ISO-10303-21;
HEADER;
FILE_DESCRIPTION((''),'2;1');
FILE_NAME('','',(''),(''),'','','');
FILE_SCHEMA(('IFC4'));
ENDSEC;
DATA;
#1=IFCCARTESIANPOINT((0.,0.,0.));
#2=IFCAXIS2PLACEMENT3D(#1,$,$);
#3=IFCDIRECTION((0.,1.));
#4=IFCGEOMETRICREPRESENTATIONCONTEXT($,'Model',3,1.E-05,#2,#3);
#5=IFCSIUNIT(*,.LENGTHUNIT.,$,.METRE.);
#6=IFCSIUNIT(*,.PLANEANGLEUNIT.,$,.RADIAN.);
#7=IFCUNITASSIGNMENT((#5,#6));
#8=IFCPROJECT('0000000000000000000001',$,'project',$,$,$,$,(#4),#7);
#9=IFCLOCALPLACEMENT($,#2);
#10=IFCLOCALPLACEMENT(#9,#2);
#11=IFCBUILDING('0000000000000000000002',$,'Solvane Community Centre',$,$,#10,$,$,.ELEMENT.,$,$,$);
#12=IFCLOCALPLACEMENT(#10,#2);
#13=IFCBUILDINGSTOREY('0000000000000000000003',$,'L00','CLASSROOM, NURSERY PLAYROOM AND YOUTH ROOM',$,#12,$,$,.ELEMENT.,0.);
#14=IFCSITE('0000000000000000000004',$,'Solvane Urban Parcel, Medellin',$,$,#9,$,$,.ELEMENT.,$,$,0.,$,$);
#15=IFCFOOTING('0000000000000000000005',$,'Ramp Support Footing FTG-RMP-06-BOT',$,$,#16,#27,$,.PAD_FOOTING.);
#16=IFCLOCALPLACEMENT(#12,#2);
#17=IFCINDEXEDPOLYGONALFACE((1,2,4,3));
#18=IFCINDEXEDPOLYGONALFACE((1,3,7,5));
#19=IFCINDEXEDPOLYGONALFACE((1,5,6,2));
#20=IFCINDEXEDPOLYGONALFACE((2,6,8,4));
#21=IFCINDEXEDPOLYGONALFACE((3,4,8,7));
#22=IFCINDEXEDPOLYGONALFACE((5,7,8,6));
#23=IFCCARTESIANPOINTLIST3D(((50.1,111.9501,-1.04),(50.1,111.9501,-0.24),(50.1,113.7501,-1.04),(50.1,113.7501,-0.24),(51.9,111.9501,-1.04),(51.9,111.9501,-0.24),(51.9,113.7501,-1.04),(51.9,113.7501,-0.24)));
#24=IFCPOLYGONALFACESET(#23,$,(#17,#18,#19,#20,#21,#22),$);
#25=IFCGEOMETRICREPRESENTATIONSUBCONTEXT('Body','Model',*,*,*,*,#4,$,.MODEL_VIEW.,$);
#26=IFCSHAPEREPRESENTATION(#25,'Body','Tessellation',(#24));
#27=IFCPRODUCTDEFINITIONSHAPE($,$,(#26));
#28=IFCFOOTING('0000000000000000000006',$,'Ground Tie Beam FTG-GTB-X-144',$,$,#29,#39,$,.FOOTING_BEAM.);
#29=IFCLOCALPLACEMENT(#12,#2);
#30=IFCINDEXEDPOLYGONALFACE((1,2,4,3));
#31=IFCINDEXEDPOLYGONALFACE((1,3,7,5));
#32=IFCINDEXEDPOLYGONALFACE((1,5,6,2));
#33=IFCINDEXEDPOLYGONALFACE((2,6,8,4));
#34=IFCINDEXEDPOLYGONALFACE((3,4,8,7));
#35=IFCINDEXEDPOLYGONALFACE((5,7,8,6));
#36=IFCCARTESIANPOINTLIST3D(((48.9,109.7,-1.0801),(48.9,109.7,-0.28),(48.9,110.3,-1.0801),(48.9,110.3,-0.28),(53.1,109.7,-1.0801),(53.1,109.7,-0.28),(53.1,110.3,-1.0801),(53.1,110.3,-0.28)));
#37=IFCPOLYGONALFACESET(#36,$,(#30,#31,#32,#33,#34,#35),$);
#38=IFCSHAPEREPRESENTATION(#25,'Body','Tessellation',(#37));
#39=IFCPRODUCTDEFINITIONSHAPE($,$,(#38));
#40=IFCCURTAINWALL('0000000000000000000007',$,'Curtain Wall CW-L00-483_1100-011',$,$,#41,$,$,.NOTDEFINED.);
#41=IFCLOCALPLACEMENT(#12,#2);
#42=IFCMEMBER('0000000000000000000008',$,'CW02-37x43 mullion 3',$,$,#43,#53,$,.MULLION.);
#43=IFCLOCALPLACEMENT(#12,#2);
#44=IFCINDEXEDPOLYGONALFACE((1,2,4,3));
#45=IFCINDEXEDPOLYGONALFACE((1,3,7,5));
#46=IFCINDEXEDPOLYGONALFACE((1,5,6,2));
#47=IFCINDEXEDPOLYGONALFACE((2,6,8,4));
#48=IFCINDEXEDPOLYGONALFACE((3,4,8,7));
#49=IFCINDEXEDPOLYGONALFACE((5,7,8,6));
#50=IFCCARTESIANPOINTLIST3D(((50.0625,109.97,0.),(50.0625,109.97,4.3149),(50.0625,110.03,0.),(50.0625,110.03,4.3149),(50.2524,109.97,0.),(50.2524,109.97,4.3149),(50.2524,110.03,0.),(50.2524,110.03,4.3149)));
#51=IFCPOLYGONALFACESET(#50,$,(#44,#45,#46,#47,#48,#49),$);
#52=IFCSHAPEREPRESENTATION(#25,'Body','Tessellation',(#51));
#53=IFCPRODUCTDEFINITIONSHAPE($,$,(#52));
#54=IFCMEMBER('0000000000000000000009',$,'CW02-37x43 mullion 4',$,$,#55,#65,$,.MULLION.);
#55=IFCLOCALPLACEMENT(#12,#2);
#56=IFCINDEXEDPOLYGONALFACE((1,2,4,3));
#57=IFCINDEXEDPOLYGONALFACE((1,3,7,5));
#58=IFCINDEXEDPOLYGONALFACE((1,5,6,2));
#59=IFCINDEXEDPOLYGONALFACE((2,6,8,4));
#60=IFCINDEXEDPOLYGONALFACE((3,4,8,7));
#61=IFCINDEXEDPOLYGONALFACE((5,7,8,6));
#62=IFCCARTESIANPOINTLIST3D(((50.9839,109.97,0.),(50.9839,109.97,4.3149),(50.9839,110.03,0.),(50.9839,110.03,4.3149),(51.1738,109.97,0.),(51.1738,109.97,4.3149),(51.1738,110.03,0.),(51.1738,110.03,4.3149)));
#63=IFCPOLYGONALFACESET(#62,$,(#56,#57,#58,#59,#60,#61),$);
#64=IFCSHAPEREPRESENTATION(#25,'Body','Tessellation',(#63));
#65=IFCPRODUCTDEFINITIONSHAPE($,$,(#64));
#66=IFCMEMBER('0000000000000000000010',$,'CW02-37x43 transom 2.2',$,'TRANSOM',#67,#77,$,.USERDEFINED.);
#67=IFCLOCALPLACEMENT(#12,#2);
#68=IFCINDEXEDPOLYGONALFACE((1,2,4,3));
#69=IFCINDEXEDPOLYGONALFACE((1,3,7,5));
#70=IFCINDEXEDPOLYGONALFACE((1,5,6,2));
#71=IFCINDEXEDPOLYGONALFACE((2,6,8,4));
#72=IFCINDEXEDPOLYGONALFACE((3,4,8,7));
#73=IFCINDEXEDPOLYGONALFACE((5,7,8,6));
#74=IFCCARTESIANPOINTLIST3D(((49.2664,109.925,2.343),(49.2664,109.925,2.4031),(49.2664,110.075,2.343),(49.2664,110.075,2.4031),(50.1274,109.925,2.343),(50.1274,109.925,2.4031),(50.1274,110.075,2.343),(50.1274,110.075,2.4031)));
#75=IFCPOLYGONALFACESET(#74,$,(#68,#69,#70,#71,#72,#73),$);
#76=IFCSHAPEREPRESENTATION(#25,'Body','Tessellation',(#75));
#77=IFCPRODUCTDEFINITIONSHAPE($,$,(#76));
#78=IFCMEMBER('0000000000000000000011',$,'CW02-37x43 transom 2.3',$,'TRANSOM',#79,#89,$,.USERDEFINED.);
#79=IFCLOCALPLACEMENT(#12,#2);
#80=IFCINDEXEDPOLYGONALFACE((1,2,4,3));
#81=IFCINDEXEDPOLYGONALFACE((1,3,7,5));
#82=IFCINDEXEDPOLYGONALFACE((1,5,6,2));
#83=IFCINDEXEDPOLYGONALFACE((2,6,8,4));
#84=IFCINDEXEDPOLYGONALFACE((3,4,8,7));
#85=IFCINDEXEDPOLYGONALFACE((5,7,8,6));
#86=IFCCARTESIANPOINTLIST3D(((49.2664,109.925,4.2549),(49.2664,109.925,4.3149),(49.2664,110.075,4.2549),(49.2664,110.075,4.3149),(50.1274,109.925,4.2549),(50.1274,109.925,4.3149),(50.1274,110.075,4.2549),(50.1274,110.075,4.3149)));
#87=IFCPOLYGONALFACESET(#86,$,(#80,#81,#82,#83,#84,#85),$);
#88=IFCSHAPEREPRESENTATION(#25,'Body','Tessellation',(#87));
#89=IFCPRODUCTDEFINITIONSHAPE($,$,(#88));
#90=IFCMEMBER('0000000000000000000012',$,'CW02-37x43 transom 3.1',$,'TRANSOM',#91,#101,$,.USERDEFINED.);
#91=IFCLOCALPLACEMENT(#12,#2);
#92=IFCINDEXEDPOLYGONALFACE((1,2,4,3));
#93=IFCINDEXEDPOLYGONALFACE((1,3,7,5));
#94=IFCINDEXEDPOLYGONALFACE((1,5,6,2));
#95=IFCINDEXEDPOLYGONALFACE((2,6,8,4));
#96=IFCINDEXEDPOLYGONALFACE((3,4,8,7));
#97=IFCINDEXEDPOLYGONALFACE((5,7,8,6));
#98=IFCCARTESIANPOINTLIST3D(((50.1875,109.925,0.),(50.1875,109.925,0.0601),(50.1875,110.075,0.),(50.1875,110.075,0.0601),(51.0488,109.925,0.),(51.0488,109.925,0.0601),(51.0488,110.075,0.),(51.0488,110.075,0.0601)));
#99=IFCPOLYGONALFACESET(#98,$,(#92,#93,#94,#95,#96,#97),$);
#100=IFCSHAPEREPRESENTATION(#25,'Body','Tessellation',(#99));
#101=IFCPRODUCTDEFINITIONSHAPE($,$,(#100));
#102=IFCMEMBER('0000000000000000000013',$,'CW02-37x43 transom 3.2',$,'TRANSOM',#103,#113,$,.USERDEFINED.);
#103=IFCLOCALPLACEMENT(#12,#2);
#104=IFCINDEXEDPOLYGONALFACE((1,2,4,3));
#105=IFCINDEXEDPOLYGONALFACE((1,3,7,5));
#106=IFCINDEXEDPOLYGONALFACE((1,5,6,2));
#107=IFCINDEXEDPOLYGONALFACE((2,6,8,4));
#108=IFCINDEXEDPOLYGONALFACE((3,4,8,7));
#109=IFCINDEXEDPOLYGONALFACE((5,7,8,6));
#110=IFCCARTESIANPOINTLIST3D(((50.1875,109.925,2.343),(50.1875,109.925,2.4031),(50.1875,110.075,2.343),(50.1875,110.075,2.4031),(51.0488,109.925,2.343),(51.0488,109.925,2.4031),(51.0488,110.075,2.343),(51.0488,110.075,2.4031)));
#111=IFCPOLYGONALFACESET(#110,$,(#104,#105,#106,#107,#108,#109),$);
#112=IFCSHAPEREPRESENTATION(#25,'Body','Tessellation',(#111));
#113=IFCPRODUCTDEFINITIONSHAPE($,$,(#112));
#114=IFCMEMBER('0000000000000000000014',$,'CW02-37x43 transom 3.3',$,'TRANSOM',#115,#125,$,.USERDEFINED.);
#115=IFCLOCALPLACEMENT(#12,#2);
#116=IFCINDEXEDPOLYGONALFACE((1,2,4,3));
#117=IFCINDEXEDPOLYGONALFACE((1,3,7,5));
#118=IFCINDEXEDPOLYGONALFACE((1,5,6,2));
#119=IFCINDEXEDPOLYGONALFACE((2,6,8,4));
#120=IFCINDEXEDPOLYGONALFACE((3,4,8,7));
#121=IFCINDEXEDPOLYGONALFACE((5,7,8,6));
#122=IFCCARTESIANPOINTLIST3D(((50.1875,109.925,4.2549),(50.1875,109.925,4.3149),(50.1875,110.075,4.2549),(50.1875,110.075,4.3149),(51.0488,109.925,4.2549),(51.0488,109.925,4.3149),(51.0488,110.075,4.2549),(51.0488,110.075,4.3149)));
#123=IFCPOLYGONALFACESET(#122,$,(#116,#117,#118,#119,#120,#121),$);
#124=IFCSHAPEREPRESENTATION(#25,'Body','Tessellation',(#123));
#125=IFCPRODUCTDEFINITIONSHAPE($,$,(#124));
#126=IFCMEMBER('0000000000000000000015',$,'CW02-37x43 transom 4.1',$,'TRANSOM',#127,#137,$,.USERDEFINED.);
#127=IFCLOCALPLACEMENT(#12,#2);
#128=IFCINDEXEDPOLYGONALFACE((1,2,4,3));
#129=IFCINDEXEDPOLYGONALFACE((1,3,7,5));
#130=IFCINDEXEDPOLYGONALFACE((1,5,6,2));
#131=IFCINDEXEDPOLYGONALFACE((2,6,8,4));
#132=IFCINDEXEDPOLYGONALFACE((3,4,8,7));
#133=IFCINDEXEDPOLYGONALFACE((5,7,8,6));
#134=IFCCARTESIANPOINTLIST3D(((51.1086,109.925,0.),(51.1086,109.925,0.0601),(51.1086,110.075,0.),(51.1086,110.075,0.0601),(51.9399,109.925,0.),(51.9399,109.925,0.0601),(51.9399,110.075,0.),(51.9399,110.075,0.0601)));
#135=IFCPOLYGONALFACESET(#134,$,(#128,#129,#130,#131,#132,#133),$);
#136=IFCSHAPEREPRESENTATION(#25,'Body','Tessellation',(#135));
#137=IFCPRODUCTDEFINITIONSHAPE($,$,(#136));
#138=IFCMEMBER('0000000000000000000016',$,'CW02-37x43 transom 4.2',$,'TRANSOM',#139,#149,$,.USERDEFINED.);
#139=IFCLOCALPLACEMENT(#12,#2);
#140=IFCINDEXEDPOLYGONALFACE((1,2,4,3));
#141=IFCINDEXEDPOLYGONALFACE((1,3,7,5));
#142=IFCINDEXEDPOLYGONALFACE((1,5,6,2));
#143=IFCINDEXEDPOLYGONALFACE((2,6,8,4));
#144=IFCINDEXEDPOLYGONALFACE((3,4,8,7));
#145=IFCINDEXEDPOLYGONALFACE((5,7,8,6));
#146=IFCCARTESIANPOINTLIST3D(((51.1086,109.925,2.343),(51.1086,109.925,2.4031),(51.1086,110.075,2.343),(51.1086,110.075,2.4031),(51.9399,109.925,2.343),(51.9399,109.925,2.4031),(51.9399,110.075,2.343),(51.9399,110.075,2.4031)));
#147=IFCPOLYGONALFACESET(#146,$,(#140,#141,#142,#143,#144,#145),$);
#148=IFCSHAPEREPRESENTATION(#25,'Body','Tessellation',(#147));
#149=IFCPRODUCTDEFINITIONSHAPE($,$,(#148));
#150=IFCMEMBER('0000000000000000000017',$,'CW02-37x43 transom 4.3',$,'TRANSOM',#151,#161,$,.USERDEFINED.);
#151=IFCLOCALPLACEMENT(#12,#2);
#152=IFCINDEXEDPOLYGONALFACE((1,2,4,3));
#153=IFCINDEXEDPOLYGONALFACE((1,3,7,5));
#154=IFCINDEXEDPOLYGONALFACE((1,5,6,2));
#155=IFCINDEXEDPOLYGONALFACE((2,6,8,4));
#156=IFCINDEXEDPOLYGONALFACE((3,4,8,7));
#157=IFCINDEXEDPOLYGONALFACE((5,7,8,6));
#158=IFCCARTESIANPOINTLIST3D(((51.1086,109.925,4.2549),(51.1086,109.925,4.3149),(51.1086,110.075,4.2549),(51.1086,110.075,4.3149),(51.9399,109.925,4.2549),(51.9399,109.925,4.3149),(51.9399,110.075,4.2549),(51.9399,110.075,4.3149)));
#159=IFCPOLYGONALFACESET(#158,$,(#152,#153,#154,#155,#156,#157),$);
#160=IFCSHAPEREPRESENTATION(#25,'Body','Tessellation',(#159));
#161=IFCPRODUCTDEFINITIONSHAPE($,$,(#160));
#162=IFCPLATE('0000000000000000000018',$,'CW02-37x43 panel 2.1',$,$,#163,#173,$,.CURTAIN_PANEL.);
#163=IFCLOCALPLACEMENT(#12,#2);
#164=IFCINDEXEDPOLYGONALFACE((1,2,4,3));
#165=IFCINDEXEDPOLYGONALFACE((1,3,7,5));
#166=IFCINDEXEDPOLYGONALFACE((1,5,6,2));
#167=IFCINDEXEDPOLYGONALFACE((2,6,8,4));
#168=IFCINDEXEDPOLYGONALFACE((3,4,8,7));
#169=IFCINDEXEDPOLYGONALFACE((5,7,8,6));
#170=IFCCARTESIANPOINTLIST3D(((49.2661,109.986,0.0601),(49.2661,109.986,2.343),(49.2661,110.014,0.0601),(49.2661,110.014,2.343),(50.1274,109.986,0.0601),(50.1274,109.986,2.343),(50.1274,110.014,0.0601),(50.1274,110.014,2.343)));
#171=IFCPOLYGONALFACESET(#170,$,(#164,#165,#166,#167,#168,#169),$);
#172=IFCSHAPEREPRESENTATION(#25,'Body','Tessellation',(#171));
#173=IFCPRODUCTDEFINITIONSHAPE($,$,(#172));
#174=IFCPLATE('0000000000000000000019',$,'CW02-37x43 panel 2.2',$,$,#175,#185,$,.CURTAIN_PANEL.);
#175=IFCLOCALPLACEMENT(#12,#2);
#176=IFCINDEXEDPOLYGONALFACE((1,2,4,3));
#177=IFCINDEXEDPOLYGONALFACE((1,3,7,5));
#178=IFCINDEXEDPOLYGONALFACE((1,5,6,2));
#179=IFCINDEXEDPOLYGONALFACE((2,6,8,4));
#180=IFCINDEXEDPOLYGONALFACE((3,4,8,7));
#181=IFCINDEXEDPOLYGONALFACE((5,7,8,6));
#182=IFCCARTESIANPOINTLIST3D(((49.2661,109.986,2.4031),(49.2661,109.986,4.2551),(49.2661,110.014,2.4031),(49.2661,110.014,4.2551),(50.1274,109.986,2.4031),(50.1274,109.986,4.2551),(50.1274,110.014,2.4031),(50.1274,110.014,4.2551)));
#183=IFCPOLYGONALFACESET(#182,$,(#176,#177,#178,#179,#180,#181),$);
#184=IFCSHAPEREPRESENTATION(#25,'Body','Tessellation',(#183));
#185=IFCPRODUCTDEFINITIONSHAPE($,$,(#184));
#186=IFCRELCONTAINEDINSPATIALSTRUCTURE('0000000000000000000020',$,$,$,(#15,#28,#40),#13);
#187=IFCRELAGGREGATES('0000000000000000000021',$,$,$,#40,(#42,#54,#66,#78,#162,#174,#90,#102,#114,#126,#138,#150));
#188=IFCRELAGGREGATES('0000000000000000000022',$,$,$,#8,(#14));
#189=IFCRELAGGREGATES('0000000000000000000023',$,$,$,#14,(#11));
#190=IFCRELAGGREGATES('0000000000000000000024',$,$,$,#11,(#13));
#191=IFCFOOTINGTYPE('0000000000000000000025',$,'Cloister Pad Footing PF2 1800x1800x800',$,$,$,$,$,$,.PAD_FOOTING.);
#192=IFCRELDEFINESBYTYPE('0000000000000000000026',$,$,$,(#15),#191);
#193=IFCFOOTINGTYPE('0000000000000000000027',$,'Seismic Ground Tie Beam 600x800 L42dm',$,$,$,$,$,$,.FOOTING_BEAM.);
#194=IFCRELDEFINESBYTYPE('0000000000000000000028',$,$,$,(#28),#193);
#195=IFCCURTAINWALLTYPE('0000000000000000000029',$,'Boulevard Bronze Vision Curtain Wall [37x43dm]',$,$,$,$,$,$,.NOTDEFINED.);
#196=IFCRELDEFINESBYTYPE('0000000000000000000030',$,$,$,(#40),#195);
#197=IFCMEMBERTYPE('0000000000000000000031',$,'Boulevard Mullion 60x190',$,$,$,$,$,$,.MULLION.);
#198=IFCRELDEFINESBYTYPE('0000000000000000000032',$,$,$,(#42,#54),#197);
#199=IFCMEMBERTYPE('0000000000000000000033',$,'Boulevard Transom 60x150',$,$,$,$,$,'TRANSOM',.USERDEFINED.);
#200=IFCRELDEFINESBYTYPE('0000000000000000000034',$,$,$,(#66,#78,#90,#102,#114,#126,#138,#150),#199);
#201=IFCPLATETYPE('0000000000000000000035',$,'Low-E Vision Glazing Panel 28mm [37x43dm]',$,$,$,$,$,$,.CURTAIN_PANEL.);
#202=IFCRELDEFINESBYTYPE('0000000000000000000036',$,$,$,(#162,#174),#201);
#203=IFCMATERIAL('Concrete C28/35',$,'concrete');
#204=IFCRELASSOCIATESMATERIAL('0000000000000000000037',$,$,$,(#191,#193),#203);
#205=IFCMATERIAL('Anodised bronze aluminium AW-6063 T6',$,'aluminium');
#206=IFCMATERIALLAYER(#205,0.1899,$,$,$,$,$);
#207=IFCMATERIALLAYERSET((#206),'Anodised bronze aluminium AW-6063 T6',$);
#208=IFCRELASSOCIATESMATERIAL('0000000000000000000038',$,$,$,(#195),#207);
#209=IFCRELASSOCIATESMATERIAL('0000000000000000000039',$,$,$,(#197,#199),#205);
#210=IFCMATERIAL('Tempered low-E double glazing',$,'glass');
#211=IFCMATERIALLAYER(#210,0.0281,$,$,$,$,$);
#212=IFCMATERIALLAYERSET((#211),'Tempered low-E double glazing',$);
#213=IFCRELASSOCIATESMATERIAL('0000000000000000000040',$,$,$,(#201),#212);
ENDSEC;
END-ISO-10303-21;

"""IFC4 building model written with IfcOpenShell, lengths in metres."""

from ifc_helpers import new_model, si_unit, direction, frame, origin, origin_2d, place, context, subcontext, project, spatial, rectangle, extrude, material, layer, layer_set, material_profile, profile_set, type_object, element, aggregate, save


model = new_model("IFC4")

# Units and contexts
model_context = context("Model", 3, precision=1e-05, world=origin(), true_north=direction((0.0, 1.0)))
body_context = subcontext(model_context, "Body", "Model", "MODEL_VIEW")
ifc_project = project(units=[si_unit("LENGTHUNIT", "METRE"), si_unit("PLANEANGLEUNIT", "RADIAN")], contexts=[model_context])

# Site, building, storey
site_placement = place(None, origin())
site = spatial("IfcSite", under=ifc_project, at=site_placement, Name="Solvane Urban Parcel, Medellin", CompositionType="ELEMENT", RefElevation=0.0)
building_placement = place(site_placement, origin())
building = spatial("IfcBuilding", under=site, at=building_placement, Name="Solvane Community Centre", CompositionType="ELEMENT")
storey_placement = place(building_placement, origin())
storey = spatial("IfcBuildingStorey", under=building, at=storey_placement, Name="L00", Description="CLASSROOM, NURSERY PLAYROOM AND YOUTH ROOM", CompositionType="ELEMENT", Elevation=0.0)

# Footings
ifc_material_1 = material(Name="Concrete C28/35", Category="concrete")
footing_type_1 = type_object("IfcFootingType", Name="Cloister Pad Footing PF2 1800x1800x800", PredefinedType="PAD_FOOTING", material=ifc_material_1)
footing_1_placement = place(storey_placement, frame((51.0, 112.8501, -1.04), z_axis=(0.0, 0.0, 1.0), x_axis=(1.0, 0.0, 0.0)))
element("IfcFooting", 1, at=footing_1_placement, inside=storey, type_object=footing_type_1, Name="Ramp Support Footing FTG-RMP-06-BOT", PredefinedType="PAD_FOOTING", context=body_context, shape_type="SweptSolid", body=[
    extrude(rectangle(XDim=1.8, YDim=1.8, at=origin_2d()), origin(), (0.0, 0.0, 1.0), 0.8),
])
footing_type_2 = type_object("IfcFootingType", Name="Seismic Ground Tie Beam 600x800 L42dm", PredefinedType="FOOTING_BEAM", material=ifc_material_1)
footing_2_placement = place(storey_placement, frame((51.0, 110.0, -1.0801), z_axis=(0.0, 0.0, 1.0), x_axis=(1.0, 0.0, 0.0)))
element("IfcFooting", 2, at=footing_2_placement, inside=storey, type_object=footing_type_2, Name="Ground Tie Beam FTG-GTB-X-144", PredefinedType="FOOTING_BEAM", context=body_context, shape_type="SweptSolid", body=[
    extrude(rectangle(XDim=4.2, YDim=0.6001, at=origin_2d()), origin(), (0.0, 0.0, 1.0), 0.8),
])

# Curtain wall, members, plates
ifc_material_2 = material(Name="Anodised bronze aluminium AW-6063 T6", Category="aluminium")
ifc_layer_1 = layer(ifc_material_2, 0.1899)
ifc_layer_set_1 = layer_set([ifc_layer_1], Name="Anodised bronze aluminium AW-6063 T6")
curtain_wall_type = type_object("IfcCurtainWallType", Name="Boulevard Bronze Vision Curtain Wall [37x43dm]", PredefinedType="NOTDEFINED", material=ifc_layer_set_1)
curtain_wall_placement = place(storey_placement, origin())
curtain_wall = element("IfcCurtainWall", 3, at=curtain_wall_placement, inside=storey, type_object=curtain_wall_type, Name="Curtain Wall CW-L00-483_1100-011", PredefinedType="NOTDEFINED")
ifc_material_profile_1 = material_profile(ifc_material_2, rectangle(XDim=0.0601, YDim=0.1899, at=origin_2d()), Name="CW-M 60x190")
ifc_profile_set_1 = profile_set([ifc_material_profile_1], Name="Anodised bronze aluminium AW-6063 T6")
member_type_1 = type_object("IfcMemberType", Name="Boulevard Mullion 60x190", PredefinedType="MULLION", material=ifc_profile_set_1)
member_1_placement = place(storey_placement, frame((50.1575, 110.0, 0.0), z_axis=(0.0, 0.0, 1.0), x_axis=(0.0, 1.0, 0.0)))
member_1 = element("IfcMember", 4, at=member_1_placement, type_object=member_type_1, Name="CW02-37x43 mullion 3", PredefinedType="MULLION", context=body_context, shape_type="SweptSolid", body=[
    extrude(rectangle(XDim=0.0601, YDim=0.1899, at=origin_2d()), origin(), (0.0, 0.0, 1.0), 4.3149),
])
member_2_placement = place(storey_placement, frame((51.0789, 110.0, 0.0), z_axis=(0.0, 0.0, 1.0), x_axis=(0.0, 1.0, 0.0)))
member_2 = element("IfcMember", 5, at=member_2_placement, type_object=member_type_1, Name="CW02-37x43 mullion 4", PredefinedType="MULLION", context=body_context, shape_type="SweptSolid", body=[
    extrude(rectangle(XDim=0.0601, YDim=0.1899, at=origin_2d()), origin(), (0.0, 0.0, 1.0), 4.3149),
])
ifc_material_profile_2 = material_profile(ifc_material_2, rectangle(XDim=0.1499, YDim=0.0601, at=origin_2d()), Name="CW-T 60x150")
ifc_profile_set_2 = profile_set([ifc_material_profile_2], Name="Anodised bronze aluminium AW-6063 T6")
member_type_2 = type_object("IfcMemberType", Name="Boulevard Transom 60x150", ElementType="TRANSOM", PredefinedType="USERDEFINED", material=ifc_profile_set_2)
member_3_placement = place(storey_placement, frame((49.2664, 110.0, 2.373), z_axis=(1.0, 0.0, 0.0), x_axis=(0.0, 1.0, 0.0)))
member_3 = element("IfcMember", 6, at=member_3_placement, type_object=member_type_2, Name="CW02-37x43 transom 2.2", ObjectType="TRANSOM", PredefinedType="USERDEFINED", context=body_context, shape_type="SweptSolid", body=[
    extrude(rectangle(XDim=0.1499, YDim=0.0601, at=origin_2d()), origin(), (0.0, 0.0, 1.0), 0.8611),
])
member_4_placement = place(storey_placement, frame((49.2664, 110.0, 4.2849), z_axis=(1.0, 0.0, 0.0), x_axis=(0.0, 1.0, 0.0)))
member_4 = element("IfcMember", 7, at=member_4_placement, type_object=member_type_2, Name="CW02-37x43 transom 2.3", ObjectType="TRANSOM", PredefinedType="USERDEFINED", context=body_context, shape_type="SweptSolid", body=[
    extrude(rectangle(XDim=0.1499, YDim=0.0601, at=origin_2d()), origin(), (0.0, 0.0, 1.0), 0.8611),
])
member_5_placement = place(storey_placement, frame((50.1875, 110.0, 0.03), z_axis=(1.0, 0.0, 0.0), x_axis=(0.0, 1.0, 0.0)))
member_5 = element("IfcMember", 8, at=member_5_placement, type_object=member_type_2, Name="CW02-37x43 transom 3.1", ObjectType="TRANSOM", PredefinedType="USERDEFINED", context=body_context, shape_type="SweptSolid", body=[
    extrude(rectangle(XDim=0.1499, YDim=0.0601, at=origin_2d()), origin(), (0.0, 0.0, 1.0), 0.8613),
])
member_6_placement = place(storey_placement, frame((50.1875, 110.0, 2.373), z_axis=(1.0, 0.0, 0.0), x_axis=(0.0, 1.0, 0.0)))
member_6 = element("IfcMember", 9, at=member_6_placement, type_object=member_type_2, Name="CW02-37x43 transom 3.2", ObjectType="TRANSOM", PredefinedType="USERDEFINED", context=body_context, shape_type="SweptSolid", body=[
    extrude(rectangle(XDim=0.1499, YDim=0.0601, at=origin_2d()), origin(), (0.0, 0.0, 1.0), 0.8613),
])
member_7_placement = place(storey_placement, frame((50.1875, 110.0, 4.2849), z_axis=(1.0, 0.0, 0.0), x_axis=(0.0, 1.0, 0.0)))
member_7 = element("IfcMember", 10, at=member_7_placement, type_object=member_type_2, Name="CW02-37x43 transom 3.3", ObjectType="TRANSOM", PredefinedType="USERDEFINED", context=body_context, shape_type="SweptSolid", body=[
    extrude(rectangle(XDim=0.1499, YDim=0.0601, at=origin_2d()), origin(), (0.0, 0.0, 1.0), 0.8613),
])
member_8_placement = place(storey_placement, frame((51.1086, 110.0, 0.03), z_axis=(1.0, 0.0, 0.0), x_axis=(0.0, 1.0, 0.0)))
member_8 = element("IfcMember", 11, at=member_8_placement, type_object=member_type_2, Name="CW02-37x43 transom 4.1", ObjectType="TRANSOM", PredefinedType="USERDEFINED", context=body_context, shape_type="SweptSolid", body=[
    extrude(rectangle(XDim=0.1499, YDim=0.0601, at=origin_2d()), origin(), (0.0, 0.0, 1.0), 0.8313),
])
member_9_placement = place(storey_placement, frame((51.1086, 110.0, 2.373), z_axis=(1.0, 0.0, 0.0), x_axis=(0.0, 1.0, 0.0)))
member_9 = element("IfcMember", 12, at=member_9_placement, type_object=member_type_2, Name="CW02-37x43 transom 4.2", ObjectType="TRANSOM", PredefinedType="USERDEFINED", context=body_context, shape_type="SweptSolid", body=[
    extrude(rectangle(XDim=0.1499, YDim=0.0601, at=origin_2d()), origin(), (0.0, 0.0, 1.0), 0.8313),
])
member_10_placement = place(storey_placement, frame((51.1086, 110.0, 4.2849), z_axis=(1.0, 0.0, 0.0), x_axis=(0.0, 1.0, 0.0)))
member_10 = element("IfcMember", 13, at=member_10_placement, type_object=member_type_2, Name="CW02-37x43 transom 4.3", ObjectType="TRANSOM", PredefinedType="USERDEFINED", context=body_context, shape_type="SweptSolid", body=[
    extrude(rectangle(XDim=0.1499, YDim=0.0601, at=origin_2d()), origin(), (0.0, 0.0, 1.0), 0.8313),
])
ifc_material_3 = material(Name="Tempered low-E double glazing", Category="glass")
ifc_layer_2 = layer(ifc_material_3, 0.0281)
ifc_layer_set_2 = layer_set([ifc_layer_2], Name="Tempered low-E double glazing")
plate_type = type_object("IfcPlateType", Name="Low-E Vision Glazing Panel 28mm [37x43dm]", PredefinedType="CURTAIN_PANEL", material=ifc_layer_set_2)
plate_1_placement = place(storey_placement, frame((49.6968, 110.0, 0.0601), z_axis=(0.0, 0.0, 1.0), x_axis=(1.0, 0.0, 0.0)))
plate_1 = element("IfcPlate", 14, at=plate_1_placement, type_object=plate_type, Name="CW02-37x43 panel 2.1", PredefinedType="CURTAIN_PANEL", context=body_context, shape_type="SweptSolid", body=[
    extrude(rectangle(XDim=0.8613, YDim=0.0281, at=origin_2d()), origin(), (0.0, 0.0, 1.0), 2.283),
])
plate_2_placement = place(storey_placement, frame((49.6968, 110.0, 2.4031), z_axis=(0.0, 0.0, 1.0), x_axis=(1.0, 0.0, 0.0)))
plate_2 = element("IfcPlate", 15, at=plate_2_placement, type_object=plate_type, Name="CW02-37x43 panel 2.2", PredefinedType="CURTAIN_PANEL", context=body_context, shape_type="SweptSolid", body=[
    extrude(rectangle(XDim=0.8613, YDim=0.0281, at=origin_2d()), origin(), (0.0, 0.0, 1.0), 1.8521),
])
aggregate(curtain_wall, [member_1, member_2, member_3, member_4, plate_1, plate_2, member_5, member_6, member_7, member_8, member_9, member_10])

save(model, "model.ifc")
